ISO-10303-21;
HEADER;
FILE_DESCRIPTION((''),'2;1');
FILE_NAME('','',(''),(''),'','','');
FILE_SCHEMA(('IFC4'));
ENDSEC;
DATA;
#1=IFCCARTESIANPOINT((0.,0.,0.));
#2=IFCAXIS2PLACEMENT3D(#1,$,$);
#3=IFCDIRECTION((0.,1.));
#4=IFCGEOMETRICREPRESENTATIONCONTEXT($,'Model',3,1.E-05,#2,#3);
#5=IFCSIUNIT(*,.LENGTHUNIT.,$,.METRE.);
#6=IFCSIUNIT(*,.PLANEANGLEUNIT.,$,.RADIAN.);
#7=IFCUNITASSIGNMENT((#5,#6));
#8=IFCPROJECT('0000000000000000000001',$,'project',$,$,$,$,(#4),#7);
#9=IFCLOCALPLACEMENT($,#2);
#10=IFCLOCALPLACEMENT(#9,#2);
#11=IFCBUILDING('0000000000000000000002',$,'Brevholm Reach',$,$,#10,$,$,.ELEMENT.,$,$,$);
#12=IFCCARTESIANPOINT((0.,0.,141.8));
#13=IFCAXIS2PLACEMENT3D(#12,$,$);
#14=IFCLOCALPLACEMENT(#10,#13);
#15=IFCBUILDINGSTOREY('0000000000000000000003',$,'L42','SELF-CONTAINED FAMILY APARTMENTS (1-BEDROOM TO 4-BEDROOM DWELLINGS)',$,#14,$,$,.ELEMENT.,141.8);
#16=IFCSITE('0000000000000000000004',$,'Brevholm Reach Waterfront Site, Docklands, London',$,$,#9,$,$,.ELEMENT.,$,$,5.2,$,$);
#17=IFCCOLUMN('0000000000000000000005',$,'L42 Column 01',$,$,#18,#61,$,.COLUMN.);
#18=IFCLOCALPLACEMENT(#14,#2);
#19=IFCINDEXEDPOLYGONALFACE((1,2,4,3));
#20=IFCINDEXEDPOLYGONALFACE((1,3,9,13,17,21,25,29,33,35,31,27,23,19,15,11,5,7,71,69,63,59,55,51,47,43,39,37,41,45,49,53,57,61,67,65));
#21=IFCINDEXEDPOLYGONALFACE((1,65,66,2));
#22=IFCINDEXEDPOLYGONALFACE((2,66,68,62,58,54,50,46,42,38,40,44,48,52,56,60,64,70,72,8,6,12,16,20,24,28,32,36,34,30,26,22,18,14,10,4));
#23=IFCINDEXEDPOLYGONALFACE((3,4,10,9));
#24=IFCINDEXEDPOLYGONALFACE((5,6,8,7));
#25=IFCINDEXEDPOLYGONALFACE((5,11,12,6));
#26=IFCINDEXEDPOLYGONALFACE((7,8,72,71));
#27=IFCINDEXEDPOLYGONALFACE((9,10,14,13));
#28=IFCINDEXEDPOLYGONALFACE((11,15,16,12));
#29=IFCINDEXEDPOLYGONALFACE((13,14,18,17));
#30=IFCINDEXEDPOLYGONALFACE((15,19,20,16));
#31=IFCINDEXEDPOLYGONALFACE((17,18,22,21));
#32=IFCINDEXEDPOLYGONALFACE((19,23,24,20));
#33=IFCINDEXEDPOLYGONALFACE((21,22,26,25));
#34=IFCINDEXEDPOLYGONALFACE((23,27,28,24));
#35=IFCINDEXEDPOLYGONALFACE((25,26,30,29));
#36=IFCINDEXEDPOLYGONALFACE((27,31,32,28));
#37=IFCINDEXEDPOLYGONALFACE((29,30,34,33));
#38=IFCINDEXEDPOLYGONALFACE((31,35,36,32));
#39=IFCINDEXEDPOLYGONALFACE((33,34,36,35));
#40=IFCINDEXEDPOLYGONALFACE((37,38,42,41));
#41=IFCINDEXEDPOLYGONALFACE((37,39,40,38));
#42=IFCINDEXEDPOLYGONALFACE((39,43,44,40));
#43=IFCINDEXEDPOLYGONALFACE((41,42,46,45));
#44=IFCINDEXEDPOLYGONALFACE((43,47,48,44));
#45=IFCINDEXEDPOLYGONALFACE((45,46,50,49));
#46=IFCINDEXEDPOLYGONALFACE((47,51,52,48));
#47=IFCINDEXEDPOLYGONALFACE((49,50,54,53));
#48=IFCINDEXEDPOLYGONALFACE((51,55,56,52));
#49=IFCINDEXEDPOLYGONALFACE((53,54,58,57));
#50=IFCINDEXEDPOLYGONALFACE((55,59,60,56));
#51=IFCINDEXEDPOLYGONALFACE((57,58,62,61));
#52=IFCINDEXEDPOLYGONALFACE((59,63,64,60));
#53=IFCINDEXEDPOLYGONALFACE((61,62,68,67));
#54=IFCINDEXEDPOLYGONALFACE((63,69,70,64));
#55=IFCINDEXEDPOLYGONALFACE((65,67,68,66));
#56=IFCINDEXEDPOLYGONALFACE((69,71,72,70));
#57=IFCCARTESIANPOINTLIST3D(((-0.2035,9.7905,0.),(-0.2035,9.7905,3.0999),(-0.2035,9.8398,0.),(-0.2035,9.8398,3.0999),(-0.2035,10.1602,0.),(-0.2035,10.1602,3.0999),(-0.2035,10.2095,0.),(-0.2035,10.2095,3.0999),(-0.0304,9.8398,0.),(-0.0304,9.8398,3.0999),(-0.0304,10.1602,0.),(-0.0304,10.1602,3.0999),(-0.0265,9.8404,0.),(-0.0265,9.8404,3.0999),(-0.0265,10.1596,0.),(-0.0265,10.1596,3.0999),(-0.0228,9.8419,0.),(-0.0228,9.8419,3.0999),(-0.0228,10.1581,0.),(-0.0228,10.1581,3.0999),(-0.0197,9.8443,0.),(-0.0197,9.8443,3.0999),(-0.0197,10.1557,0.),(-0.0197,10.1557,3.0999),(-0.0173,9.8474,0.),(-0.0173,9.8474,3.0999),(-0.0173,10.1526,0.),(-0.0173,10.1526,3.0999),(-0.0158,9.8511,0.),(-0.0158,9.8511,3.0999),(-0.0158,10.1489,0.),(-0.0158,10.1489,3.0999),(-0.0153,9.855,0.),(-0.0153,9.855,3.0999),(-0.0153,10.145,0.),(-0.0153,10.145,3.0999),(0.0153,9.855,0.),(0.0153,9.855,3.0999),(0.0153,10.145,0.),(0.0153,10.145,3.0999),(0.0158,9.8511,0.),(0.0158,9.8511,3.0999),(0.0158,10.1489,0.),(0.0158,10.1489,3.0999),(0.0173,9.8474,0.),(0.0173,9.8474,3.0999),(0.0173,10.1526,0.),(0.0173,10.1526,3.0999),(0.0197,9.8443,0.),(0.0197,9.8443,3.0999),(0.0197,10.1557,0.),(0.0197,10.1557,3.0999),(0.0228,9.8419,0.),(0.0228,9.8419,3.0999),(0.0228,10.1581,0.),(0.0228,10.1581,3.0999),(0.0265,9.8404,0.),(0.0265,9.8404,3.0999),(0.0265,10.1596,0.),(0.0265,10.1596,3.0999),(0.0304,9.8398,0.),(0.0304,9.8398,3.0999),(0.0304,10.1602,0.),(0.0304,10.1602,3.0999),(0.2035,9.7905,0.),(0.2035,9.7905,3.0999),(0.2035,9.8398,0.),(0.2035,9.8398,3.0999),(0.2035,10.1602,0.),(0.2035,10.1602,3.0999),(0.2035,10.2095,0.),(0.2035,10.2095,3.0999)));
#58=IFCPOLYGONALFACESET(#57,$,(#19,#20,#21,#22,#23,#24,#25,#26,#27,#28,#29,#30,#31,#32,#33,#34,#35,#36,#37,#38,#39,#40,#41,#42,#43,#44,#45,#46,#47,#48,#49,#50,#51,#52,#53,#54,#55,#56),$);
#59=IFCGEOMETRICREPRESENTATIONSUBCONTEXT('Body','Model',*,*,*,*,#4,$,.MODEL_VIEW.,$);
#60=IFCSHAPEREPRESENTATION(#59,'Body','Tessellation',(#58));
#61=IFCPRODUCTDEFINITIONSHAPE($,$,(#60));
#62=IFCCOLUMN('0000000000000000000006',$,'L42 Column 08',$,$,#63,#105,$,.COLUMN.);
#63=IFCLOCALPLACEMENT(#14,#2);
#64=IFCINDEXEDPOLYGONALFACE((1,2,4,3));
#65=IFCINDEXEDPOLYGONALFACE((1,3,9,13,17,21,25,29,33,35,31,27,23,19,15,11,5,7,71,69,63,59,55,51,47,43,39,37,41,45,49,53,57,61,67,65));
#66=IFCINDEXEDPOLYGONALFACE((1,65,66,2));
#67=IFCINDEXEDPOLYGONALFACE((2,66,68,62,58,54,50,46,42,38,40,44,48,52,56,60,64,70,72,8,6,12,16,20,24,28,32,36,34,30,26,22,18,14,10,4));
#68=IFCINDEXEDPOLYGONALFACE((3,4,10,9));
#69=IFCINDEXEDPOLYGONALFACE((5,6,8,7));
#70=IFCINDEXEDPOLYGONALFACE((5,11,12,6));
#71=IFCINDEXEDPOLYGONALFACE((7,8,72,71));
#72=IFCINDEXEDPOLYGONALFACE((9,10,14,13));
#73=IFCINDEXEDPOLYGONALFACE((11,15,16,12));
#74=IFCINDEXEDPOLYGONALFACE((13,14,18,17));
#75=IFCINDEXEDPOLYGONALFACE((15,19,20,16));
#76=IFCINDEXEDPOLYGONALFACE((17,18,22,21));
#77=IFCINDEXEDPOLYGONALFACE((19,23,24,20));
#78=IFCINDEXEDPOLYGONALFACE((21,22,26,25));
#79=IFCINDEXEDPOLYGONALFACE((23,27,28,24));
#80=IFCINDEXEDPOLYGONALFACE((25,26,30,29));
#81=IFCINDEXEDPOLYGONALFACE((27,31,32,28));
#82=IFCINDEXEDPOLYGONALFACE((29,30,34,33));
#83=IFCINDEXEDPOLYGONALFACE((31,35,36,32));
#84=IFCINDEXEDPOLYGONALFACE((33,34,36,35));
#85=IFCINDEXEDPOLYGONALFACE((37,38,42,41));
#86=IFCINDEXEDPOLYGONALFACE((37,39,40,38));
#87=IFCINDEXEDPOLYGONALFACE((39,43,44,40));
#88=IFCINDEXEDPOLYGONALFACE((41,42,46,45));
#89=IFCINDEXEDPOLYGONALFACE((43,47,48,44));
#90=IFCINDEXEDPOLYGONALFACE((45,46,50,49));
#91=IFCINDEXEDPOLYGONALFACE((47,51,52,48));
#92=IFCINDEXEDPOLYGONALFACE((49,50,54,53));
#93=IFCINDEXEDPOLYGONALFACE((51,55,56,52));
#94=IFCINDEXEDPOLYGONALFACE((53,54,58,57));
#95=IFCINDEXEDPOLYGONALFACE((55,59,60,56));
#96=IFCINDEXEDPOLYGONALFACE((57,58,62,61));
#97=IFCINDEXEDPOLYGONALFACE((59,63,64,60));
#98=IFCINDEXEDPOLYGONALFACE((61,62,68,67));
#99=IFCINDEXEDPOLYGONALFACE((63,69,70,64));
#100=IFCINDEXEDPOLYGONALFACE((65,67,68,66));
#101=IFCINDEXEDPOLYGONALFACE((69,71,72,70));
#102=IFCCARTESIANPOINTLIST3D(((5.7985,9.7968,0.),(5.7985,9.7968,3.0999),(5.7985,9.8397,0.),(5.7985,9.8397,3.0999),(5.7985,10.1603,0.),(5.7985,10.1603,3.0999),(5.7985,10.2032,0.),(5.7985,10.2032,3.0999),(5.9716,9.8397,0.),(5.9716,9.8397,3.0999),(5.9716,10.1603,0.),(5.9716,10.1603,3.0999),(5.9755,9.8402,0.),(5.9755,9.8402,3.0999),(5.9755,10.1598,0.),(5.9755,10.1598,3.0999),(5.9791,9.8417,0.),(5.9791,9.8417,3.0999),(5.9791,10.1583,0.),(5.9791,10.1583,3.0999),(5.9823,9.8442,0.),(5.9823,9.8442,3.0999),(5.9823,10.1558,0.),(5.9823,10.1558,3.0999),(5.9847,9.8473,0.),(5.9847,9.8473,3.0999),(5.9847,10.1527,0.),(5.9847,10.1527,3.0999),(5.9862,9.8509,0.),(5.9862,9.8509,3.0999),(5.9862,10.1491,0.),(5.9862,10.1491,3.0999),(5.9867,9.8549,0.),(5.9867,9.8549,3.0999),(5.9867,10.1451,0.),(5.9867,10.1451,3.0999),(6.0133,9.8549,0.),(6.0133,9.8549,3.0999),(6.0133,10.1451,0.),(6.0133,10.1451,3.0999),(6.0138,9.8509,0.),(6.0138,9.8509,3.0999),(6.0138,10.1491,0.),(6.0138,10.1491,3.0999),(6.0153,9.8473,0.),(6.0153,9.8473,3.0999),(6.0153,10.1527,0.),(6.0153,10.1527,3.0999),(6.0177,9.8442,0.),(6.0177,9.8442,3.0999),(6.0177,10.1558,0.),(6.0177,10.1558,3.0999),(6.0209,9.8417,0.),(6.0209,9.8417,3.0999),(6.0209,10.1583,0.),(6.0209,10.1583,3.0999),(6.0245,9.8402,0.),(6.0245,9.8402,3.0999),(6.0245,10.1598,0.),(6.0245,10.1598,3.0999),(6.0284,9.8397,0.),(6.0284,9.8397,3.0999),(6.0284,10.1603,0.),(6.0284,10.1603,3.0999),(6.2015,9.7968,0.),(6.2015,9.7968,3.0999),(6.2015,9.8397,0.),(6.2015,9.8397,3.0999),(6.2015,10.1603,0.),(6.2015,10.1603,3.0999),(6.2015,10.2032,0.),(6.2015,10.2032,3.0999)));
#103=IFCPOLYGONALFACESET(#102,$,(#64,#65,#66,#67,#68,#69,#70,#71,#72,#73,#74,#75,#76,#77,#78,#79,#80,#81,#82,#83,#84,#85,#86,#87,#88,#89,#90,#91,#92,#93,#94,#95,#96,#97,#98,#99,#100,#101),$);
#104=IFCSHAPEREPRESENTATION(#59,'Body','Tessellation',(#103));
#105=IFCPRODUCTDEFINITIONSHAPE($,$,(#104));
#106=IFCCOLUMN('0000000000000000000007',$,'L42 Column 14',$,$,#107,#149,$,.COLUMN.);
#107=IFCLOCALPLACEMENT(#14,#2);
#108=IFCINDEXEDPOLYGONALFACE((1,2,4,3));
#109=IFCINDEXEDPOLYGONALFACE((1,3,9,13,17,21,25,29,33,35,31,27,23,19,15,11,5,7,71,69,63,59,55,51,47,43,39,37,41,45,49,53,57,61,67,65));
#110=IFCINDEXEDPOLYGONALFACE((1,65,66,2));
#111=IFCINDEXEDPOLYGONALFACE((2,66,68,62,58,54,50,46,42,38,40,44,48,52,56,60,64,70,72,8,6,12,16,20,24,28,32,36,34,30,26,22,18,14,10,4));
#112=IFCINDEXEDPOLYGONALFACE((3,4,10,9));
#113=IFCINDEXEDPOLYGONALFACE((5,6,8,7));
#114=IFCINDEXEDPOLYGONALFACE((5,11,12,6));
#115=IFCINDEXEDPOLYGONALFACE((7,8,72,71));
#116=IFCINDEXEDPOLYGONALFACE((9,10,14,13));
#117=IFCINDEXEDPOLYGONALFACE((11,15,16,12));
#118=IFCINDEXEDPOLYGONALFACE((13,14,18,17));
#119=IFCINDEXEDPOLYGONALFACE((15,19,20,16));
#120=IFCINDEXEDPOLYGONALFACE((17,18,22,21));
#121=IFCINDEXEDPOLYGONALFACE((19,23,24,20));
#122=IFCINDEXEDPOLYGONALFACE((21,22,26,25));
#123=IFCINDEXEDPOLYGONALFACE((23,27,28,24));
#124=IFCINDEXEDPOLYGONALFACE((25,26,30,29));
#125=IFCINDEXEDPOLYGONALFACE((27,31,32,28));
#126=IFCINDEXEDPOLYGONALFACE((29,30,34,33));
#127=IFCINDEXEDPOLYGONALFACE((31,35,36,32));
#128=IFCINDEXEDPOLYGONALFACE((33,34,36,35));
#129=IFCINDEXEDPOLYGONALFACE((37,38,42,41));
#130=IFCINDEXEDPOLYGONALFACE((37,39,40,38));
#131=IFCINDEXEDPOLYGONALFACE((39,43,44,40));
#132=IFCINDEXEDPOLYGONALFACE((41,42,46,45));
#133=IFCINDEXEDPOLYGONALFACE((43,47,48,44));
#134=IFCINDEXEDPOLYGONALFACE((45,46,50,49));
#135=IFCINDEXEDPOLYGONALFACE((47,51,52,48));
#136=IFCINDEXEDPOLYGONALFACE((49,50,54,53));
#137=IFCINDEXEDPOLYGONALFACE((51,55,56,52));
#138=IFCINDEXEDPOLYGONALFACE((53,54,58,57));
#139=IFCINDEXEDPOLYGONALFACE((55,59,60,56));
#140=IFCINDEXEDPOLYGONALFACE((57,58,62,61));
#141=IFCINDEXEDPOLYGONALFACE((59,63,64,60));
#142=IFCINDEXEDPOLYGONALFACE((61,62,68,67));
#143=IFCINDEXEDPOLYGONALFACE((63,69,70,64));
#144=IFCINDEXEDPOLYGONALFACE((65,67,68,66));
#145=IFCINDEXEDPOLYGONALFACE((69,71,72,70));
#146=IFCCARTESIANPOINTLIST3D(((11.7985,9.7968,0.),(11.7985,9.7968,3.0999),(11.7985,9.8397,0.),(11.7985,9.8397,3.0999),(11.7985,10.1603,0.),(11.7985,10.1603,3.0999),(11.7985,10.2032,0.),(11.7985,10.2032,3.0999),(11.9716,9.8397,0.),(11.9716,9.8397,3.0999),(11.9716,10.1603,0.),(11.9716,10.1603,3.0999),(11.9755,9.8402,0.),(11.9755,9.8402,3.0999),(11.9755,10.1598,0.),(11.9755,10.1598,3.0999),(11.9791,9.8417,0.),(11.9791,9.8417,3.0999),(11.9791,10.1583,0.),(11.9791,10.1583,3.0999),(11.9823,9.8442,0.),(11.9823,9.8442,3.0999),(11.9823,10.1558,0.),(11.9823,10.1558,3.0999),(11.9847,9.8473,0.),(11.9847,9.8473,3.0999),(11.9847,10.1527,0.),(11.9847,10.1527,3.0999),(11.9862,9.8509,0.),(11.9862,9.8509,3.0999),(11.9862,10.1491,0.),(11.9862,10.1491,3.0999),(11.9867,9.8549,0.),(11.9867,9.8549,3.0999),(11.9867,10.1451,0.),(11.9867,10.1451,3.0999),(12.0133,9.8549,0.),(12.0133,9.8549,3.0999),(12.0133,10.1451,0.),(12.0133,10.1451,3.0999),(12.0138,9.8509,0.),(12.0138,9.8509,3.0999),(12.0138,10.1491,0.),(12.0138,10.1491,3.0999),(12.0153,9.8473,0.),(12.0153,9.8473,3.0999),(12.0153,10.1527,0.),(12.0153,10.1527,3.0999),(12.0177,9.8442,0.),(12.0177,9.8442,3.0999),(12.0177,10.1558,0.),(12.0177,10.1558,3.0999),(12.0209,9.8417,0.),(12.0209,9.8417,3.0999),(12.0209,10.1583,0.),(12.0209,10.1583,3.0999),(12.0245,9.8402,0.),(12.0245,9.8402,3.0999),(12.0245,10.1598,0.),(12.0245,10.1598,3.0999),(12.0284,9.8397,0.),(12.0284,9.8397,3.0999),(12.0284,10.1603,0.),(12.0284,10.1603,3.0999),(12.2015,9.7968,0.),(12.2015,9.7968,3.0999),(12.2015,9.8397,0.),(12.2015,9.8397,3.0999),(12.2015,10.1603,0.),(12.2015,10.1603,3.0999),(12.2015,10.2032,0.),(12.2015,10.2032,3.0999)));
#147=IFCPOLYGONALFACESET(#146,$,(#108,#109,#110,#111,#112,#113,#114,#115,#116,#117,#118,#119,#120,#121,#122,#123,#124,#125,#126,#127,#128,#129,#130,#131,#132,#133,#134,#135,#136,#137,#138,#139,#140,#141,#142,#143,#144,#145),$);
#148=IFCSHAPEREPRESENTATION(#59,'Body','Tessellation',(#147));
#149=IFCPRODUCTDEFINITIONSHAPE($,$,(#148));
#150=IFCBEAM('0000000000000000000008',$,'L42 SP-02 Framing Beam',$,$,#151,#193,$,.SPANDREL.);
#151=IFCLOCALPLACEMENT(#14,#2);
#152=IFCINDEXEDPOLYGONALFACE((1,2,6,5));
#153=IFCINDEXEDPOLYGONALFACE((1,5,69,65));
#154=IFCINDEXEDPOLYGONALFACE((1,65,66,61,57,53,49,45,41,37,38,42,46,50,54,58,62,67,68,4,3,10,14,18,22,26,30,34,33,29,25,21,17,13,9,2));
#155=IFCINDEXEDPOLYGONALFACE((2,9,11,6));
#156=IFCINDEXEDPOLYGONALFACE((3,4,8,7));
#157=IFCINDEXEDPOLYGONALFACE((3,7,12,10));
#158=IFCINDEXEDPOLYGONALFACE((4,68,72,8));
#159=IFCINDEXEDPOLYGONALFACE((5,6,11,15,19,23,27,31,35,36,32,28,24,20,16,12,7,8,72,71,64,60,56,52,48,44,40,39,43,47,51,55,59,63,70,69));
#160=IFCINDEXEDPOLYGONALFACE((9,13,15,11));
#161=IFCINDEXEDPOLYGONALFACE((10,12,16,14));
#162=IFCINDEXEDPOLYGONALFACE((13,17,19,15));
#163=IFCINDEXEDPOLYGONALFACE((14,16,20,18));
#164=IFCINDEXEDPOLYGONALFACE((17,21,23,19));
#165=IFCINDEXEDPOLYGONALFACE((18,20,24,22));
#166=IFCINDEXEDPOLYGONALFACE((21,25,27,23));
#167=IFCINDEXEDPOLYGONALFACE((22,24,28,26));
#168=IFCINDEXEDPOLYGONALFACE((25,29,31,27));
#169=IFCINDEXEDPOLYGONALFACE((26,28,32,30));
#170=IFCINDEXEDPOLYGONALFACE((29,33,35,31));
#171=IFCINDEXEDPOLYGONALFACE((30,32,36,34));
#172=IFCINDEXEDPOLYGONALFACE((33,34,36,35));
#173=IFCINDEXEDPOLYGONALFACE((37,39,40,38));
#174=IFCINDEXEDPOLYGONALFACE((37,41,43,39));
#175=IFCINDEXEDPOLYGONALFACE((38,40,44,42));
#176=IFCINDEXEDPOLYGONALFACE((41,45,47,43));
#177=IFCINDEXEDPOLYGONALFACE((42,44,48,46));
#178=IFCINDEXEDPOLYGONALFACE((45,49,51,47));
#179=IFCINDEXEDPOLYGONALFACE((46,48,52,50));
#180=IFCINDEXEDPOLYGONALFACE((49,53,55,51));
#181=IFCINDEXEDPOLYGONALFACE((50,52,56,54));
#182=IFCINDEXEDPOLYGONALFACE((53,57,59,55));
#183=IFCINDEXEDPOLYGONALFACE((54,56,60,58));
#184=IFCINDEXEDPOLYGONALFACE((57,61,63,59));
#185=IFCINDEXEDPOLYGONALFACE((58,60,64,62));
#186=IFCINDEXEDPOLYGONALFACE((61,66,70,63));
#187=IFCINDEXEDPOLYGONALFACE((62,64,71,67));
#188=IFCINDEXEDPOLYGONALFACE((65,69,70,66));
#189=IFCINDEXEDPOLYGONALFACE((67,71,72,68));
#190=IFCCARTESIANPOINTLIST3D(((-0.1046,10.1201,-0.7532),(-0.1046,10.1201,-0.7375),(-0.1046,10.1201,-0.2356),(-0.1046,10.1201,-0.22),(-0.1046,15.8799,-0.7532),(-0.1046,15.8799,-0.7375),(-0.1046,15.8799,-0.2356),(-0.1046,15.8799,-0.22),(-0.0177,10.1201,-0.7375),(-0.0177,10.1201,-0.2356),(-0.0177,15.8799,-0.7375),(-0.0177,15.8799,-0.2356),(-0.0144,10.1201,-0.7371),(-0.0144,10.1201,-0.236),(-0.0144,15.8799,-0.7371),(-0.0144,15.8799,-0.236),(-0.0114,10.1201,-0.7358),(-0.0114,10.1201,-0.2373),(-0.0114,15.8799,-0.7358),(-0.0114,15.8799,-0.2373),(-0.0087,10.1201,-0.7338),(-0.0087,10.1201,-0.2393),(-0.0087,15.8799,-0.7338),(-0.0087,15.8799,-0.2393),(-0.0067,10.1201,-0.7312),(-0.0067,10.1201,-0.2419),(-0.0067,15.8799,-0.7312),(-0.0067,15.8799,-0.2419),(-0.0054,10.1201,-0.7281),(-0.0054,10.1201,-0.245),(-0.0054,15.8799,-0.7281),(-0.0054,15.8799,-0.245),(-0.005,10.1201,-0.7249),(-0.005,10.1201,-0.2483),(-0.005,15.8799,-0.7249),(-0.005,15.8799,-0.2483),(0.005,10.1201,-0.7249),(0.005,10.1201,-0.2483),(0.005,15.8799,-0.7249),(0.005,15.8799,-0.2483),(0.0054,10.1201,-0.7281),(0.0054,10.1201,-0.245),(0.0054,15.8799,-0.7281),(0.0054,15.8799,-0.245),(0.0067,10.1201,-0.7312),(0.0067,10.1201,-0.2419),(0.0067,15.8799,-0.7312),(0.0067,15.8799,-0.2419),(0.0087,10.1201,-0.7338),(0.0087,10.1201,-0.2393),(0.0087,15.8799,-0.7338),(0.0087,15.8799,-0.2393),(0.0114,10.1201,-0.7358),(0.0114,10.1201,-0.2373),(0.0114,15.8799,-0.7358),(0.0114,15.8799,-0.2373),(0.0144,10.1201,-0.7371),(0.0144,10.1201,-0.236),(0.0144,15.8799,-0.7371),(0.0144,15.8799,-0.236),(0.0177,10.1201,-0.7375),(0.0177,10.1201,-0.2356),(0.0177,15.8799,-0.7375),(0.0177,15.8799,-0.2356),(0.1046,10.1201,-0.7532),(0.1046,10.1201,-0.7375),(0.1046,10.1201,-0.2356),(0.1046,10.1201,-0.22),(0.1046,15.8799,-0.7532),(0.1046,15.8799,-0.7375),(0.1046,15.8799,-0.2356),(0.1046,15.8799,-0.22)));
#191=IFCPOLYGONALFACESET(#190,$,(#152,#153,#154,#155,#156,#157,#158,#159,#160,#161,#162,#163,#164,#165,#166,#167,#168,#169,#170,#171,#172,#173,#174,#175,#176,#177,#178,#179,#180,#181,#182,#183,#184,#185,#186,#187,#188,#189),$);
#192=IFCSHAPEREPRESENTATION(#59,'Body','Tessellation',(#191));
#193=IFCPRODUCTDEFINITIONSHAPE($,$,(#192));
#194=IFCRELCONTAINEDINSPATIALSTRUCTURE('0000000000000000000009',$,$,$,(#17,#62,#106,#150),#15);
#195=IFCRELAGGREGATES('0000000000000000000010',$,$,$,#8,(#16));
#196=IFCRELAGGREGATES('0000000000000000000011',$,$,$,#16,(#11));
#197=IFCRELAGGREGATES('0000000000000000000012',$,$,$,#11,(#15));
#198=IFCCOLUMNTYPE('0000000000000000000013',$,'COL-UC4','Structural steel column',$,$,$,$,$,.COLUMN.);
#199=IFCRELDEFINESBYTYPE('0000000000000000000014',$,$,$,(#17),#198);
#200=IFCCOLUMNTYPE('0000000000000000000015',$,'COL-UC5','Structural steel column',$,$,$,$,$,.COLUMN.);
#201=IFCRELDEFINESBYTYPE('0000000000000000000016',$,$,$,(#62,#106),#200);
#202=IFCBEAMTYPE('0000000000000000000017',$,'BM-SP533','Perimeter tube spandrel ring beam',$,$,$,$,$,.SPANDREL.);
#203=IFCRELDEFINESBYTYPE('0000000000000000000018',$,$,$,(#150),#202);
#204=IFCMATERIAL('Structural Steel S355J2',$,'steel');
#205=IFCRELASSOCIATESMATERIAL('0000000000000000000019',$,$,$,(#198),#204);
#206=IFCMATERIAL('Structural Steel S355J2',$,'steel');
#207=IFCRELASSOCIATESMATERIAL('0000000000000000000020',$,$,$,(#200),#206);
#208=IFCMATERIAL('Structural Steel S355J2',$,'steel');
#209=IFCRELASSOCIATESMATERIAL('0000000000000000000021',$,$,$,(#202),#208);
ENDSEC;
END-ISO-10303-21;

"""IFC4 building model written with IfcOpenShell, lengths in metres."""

from ifc_helpers import new_model, si_unit, direction, frame, origin, origin_2d, place, context, subcontext, project, spatial, i_section, extrude, material, material_profile, profile_set, type_object, element, save


model = new_model("IFC4")

# Units and contexts
model_context = context("Model", 3, precision=1e-05, world=origin(), true_north=direction((0.0, 1.0)))
body_context = subcontext(model_context, "Body", "Model", "MODEL_VIEW")
ifc_project = project(units=[si_unit("LENGTHUNIT", "METRE"), si_unit("PLANEANGLEUNIT", "RADIAN")], contexts=[model_context])

# Site, building, storey
site_placement = place(None, origin())
site = spatial("IfcSite", under=ifc_project, at=site_placement, Name="Brevholm Reach Waterfront Site, Docklands, London", CompositionType="ELEMENT", RefElevation=5.2)
building_placement = place(site_placement, origin())
building = spatial("IfcBuilding", under=site, at=building_placement, Name="Brevholm Reach", CompositionType="ELEMENT")
storey_placement = place(building_placement, frame((0.0, 0.0, 141.8)))
storey = spatial("IfcBuildingStorey", under=building, at=storey_placement, Name="L42", Description="SELF-CONTAINED FAMILY APARTMENTS (1-BEDROOM TO 4-BEDROOM DWELLINGS)", CompositionType="ELEMENT", Elevation=141.8)

# Columns
ifc_material_1 = material(Name="Structural Steel S355J2", Category="steel")
ifc_material_profile_1 = material_profile(ifc_material_1, i_section(OverallWidth=0.407, OverallDepth=0.4189, WebThickness=0.0305, FlangeThickness=0.0493, FilletRadius=0.0151, at=origin_2d()), Name="UKC 356x406x393")
ifc_profile_set_1 = profile_set([ifc_material_profile_1], Name="Structural Steel S355J2")
column_type_1 = type_object("IfcColumnType", Name="COL-UC4", Description="Structural steel column", PredefinedType="COLUMN", material=ifc_profile_set_1)
column_placement = place(storey_placement, frame((0.0, 10.0, 0.0), z_axis=(0.0, 0.0, 1.0), x_axis=(1.0, 0.0, 0.0)))
element("IfcColumn", 1, at=column_placement, inside=storey, type_object=column_type_1, Name="L42 Column 01", PredefinedType="COLUMN", context=body_context, shape_type="SweptSolid", body=[
    extrude(i_section(OverallWidth=0.407, OverallDepth=0.4189, WebThickness=0.0305, FlangeThickness=0.0493, FilletRadius=0.0151, at=origin_2d()), origin(), (0.0, 0.0, 1.0), 3.0999),
])
ifc_material_2 = material(Name="Structural Steel S355J2", Category="steel")
ifc_material_profile_2 = material_profile(ifc_material_2, i_section(OverallWidth=0.4031, OverallDepth=0.4065, WebThickness=0.0266, FlangeThickness=0.043, FilletRadius=0.0151, at=origin_2d()), Name="UKC 356x406x340")
ifc_profile_set_2 = profile_set([ifc_material_profile_2], Name="Structural Steel S355J2")
column_type_2 = type_object("IfcColumnType", Name="COL-UC5", Description="Structural steel column", PredefinedType="COLUMN", material=ifc_profile_set_2)
for number, where, z_axis, x_axis, name in (
    (2, (6.0, 10.0, 0.0), (0.0, 0.0, 1.0), (1.0, 0.0, 0.0), "L42 Column 08"),
    (3, (12.0, 10.0, 0.0), (0.0, 0.0, 1.0), (1.0, 0.0, 0.0), "L42 Column 14"),
):
    element("IfcColumn", number, at=place(storey_placement, frame(where, z_axis=z_axis, x_axis=x_axis)), inside=storey, type_object=column_type_2, Name=name, PredefinedType="COLUMN", context=body_context, shape_type="SweptSolid", body=[
        extrude(i_section(OverallWidth=0.4031, OverallDepth=0.4065, WebThickness=0.0266, FlangeThickness=0.043, FilletRadius=0.0151, at=origin_2d()), origin(), (0.0, 0.0, 1.0), 3.0999),
    ])

# Beam
ifc_material_3 = material(Name="Structural Steel S355J2", Category="steel")
ifc_material_profile_3 = material_profile(ifc_material_3, i_section(OverallWidth=0.2092, OverallDepth=0.5332, WebThickness=0.01, FlangeThickness=0.0156, FilletRadius=0.0127, at=origin_2d()), Name="UKB 533x210x92")
ifc_profile_set_3 = profile_set([ifc_material_profile_3], Name="Structural Steel S355J2")
beam_type_1 = type_object("IfcBeamType", Name="BM-SP533", Description="Perimeter tube spandrel ring beam", PredefinedType="SPANDREL", material=ifc_profile_set_3)
beam_placement = place(storey_placement, frame((0.0, 10.1201, -0.4866), z_axis=(0.0, 1.0, 0.0), x_axis=(-1.0, 0.0, 0.0)))
element("IfcBeam", 4, at=beam_placement, inside=storey, type_object=beam_type_1, Name="L42 SP-02 Framing Beam", PredefinedType="SPANDREL", context=body_context, shape_type="SweptSolid", body=[
    extrude(i_section(OverallWidth=0.2092, OverallDepth=0.5332, WebThickness=0.01, FlangeThickness=0.0156, FilletRadius=0.0127, at=origin_2d()), origin(), (0.0, 0.0, 1.0), 5.7598),
])

save(model, "model.ifc")
